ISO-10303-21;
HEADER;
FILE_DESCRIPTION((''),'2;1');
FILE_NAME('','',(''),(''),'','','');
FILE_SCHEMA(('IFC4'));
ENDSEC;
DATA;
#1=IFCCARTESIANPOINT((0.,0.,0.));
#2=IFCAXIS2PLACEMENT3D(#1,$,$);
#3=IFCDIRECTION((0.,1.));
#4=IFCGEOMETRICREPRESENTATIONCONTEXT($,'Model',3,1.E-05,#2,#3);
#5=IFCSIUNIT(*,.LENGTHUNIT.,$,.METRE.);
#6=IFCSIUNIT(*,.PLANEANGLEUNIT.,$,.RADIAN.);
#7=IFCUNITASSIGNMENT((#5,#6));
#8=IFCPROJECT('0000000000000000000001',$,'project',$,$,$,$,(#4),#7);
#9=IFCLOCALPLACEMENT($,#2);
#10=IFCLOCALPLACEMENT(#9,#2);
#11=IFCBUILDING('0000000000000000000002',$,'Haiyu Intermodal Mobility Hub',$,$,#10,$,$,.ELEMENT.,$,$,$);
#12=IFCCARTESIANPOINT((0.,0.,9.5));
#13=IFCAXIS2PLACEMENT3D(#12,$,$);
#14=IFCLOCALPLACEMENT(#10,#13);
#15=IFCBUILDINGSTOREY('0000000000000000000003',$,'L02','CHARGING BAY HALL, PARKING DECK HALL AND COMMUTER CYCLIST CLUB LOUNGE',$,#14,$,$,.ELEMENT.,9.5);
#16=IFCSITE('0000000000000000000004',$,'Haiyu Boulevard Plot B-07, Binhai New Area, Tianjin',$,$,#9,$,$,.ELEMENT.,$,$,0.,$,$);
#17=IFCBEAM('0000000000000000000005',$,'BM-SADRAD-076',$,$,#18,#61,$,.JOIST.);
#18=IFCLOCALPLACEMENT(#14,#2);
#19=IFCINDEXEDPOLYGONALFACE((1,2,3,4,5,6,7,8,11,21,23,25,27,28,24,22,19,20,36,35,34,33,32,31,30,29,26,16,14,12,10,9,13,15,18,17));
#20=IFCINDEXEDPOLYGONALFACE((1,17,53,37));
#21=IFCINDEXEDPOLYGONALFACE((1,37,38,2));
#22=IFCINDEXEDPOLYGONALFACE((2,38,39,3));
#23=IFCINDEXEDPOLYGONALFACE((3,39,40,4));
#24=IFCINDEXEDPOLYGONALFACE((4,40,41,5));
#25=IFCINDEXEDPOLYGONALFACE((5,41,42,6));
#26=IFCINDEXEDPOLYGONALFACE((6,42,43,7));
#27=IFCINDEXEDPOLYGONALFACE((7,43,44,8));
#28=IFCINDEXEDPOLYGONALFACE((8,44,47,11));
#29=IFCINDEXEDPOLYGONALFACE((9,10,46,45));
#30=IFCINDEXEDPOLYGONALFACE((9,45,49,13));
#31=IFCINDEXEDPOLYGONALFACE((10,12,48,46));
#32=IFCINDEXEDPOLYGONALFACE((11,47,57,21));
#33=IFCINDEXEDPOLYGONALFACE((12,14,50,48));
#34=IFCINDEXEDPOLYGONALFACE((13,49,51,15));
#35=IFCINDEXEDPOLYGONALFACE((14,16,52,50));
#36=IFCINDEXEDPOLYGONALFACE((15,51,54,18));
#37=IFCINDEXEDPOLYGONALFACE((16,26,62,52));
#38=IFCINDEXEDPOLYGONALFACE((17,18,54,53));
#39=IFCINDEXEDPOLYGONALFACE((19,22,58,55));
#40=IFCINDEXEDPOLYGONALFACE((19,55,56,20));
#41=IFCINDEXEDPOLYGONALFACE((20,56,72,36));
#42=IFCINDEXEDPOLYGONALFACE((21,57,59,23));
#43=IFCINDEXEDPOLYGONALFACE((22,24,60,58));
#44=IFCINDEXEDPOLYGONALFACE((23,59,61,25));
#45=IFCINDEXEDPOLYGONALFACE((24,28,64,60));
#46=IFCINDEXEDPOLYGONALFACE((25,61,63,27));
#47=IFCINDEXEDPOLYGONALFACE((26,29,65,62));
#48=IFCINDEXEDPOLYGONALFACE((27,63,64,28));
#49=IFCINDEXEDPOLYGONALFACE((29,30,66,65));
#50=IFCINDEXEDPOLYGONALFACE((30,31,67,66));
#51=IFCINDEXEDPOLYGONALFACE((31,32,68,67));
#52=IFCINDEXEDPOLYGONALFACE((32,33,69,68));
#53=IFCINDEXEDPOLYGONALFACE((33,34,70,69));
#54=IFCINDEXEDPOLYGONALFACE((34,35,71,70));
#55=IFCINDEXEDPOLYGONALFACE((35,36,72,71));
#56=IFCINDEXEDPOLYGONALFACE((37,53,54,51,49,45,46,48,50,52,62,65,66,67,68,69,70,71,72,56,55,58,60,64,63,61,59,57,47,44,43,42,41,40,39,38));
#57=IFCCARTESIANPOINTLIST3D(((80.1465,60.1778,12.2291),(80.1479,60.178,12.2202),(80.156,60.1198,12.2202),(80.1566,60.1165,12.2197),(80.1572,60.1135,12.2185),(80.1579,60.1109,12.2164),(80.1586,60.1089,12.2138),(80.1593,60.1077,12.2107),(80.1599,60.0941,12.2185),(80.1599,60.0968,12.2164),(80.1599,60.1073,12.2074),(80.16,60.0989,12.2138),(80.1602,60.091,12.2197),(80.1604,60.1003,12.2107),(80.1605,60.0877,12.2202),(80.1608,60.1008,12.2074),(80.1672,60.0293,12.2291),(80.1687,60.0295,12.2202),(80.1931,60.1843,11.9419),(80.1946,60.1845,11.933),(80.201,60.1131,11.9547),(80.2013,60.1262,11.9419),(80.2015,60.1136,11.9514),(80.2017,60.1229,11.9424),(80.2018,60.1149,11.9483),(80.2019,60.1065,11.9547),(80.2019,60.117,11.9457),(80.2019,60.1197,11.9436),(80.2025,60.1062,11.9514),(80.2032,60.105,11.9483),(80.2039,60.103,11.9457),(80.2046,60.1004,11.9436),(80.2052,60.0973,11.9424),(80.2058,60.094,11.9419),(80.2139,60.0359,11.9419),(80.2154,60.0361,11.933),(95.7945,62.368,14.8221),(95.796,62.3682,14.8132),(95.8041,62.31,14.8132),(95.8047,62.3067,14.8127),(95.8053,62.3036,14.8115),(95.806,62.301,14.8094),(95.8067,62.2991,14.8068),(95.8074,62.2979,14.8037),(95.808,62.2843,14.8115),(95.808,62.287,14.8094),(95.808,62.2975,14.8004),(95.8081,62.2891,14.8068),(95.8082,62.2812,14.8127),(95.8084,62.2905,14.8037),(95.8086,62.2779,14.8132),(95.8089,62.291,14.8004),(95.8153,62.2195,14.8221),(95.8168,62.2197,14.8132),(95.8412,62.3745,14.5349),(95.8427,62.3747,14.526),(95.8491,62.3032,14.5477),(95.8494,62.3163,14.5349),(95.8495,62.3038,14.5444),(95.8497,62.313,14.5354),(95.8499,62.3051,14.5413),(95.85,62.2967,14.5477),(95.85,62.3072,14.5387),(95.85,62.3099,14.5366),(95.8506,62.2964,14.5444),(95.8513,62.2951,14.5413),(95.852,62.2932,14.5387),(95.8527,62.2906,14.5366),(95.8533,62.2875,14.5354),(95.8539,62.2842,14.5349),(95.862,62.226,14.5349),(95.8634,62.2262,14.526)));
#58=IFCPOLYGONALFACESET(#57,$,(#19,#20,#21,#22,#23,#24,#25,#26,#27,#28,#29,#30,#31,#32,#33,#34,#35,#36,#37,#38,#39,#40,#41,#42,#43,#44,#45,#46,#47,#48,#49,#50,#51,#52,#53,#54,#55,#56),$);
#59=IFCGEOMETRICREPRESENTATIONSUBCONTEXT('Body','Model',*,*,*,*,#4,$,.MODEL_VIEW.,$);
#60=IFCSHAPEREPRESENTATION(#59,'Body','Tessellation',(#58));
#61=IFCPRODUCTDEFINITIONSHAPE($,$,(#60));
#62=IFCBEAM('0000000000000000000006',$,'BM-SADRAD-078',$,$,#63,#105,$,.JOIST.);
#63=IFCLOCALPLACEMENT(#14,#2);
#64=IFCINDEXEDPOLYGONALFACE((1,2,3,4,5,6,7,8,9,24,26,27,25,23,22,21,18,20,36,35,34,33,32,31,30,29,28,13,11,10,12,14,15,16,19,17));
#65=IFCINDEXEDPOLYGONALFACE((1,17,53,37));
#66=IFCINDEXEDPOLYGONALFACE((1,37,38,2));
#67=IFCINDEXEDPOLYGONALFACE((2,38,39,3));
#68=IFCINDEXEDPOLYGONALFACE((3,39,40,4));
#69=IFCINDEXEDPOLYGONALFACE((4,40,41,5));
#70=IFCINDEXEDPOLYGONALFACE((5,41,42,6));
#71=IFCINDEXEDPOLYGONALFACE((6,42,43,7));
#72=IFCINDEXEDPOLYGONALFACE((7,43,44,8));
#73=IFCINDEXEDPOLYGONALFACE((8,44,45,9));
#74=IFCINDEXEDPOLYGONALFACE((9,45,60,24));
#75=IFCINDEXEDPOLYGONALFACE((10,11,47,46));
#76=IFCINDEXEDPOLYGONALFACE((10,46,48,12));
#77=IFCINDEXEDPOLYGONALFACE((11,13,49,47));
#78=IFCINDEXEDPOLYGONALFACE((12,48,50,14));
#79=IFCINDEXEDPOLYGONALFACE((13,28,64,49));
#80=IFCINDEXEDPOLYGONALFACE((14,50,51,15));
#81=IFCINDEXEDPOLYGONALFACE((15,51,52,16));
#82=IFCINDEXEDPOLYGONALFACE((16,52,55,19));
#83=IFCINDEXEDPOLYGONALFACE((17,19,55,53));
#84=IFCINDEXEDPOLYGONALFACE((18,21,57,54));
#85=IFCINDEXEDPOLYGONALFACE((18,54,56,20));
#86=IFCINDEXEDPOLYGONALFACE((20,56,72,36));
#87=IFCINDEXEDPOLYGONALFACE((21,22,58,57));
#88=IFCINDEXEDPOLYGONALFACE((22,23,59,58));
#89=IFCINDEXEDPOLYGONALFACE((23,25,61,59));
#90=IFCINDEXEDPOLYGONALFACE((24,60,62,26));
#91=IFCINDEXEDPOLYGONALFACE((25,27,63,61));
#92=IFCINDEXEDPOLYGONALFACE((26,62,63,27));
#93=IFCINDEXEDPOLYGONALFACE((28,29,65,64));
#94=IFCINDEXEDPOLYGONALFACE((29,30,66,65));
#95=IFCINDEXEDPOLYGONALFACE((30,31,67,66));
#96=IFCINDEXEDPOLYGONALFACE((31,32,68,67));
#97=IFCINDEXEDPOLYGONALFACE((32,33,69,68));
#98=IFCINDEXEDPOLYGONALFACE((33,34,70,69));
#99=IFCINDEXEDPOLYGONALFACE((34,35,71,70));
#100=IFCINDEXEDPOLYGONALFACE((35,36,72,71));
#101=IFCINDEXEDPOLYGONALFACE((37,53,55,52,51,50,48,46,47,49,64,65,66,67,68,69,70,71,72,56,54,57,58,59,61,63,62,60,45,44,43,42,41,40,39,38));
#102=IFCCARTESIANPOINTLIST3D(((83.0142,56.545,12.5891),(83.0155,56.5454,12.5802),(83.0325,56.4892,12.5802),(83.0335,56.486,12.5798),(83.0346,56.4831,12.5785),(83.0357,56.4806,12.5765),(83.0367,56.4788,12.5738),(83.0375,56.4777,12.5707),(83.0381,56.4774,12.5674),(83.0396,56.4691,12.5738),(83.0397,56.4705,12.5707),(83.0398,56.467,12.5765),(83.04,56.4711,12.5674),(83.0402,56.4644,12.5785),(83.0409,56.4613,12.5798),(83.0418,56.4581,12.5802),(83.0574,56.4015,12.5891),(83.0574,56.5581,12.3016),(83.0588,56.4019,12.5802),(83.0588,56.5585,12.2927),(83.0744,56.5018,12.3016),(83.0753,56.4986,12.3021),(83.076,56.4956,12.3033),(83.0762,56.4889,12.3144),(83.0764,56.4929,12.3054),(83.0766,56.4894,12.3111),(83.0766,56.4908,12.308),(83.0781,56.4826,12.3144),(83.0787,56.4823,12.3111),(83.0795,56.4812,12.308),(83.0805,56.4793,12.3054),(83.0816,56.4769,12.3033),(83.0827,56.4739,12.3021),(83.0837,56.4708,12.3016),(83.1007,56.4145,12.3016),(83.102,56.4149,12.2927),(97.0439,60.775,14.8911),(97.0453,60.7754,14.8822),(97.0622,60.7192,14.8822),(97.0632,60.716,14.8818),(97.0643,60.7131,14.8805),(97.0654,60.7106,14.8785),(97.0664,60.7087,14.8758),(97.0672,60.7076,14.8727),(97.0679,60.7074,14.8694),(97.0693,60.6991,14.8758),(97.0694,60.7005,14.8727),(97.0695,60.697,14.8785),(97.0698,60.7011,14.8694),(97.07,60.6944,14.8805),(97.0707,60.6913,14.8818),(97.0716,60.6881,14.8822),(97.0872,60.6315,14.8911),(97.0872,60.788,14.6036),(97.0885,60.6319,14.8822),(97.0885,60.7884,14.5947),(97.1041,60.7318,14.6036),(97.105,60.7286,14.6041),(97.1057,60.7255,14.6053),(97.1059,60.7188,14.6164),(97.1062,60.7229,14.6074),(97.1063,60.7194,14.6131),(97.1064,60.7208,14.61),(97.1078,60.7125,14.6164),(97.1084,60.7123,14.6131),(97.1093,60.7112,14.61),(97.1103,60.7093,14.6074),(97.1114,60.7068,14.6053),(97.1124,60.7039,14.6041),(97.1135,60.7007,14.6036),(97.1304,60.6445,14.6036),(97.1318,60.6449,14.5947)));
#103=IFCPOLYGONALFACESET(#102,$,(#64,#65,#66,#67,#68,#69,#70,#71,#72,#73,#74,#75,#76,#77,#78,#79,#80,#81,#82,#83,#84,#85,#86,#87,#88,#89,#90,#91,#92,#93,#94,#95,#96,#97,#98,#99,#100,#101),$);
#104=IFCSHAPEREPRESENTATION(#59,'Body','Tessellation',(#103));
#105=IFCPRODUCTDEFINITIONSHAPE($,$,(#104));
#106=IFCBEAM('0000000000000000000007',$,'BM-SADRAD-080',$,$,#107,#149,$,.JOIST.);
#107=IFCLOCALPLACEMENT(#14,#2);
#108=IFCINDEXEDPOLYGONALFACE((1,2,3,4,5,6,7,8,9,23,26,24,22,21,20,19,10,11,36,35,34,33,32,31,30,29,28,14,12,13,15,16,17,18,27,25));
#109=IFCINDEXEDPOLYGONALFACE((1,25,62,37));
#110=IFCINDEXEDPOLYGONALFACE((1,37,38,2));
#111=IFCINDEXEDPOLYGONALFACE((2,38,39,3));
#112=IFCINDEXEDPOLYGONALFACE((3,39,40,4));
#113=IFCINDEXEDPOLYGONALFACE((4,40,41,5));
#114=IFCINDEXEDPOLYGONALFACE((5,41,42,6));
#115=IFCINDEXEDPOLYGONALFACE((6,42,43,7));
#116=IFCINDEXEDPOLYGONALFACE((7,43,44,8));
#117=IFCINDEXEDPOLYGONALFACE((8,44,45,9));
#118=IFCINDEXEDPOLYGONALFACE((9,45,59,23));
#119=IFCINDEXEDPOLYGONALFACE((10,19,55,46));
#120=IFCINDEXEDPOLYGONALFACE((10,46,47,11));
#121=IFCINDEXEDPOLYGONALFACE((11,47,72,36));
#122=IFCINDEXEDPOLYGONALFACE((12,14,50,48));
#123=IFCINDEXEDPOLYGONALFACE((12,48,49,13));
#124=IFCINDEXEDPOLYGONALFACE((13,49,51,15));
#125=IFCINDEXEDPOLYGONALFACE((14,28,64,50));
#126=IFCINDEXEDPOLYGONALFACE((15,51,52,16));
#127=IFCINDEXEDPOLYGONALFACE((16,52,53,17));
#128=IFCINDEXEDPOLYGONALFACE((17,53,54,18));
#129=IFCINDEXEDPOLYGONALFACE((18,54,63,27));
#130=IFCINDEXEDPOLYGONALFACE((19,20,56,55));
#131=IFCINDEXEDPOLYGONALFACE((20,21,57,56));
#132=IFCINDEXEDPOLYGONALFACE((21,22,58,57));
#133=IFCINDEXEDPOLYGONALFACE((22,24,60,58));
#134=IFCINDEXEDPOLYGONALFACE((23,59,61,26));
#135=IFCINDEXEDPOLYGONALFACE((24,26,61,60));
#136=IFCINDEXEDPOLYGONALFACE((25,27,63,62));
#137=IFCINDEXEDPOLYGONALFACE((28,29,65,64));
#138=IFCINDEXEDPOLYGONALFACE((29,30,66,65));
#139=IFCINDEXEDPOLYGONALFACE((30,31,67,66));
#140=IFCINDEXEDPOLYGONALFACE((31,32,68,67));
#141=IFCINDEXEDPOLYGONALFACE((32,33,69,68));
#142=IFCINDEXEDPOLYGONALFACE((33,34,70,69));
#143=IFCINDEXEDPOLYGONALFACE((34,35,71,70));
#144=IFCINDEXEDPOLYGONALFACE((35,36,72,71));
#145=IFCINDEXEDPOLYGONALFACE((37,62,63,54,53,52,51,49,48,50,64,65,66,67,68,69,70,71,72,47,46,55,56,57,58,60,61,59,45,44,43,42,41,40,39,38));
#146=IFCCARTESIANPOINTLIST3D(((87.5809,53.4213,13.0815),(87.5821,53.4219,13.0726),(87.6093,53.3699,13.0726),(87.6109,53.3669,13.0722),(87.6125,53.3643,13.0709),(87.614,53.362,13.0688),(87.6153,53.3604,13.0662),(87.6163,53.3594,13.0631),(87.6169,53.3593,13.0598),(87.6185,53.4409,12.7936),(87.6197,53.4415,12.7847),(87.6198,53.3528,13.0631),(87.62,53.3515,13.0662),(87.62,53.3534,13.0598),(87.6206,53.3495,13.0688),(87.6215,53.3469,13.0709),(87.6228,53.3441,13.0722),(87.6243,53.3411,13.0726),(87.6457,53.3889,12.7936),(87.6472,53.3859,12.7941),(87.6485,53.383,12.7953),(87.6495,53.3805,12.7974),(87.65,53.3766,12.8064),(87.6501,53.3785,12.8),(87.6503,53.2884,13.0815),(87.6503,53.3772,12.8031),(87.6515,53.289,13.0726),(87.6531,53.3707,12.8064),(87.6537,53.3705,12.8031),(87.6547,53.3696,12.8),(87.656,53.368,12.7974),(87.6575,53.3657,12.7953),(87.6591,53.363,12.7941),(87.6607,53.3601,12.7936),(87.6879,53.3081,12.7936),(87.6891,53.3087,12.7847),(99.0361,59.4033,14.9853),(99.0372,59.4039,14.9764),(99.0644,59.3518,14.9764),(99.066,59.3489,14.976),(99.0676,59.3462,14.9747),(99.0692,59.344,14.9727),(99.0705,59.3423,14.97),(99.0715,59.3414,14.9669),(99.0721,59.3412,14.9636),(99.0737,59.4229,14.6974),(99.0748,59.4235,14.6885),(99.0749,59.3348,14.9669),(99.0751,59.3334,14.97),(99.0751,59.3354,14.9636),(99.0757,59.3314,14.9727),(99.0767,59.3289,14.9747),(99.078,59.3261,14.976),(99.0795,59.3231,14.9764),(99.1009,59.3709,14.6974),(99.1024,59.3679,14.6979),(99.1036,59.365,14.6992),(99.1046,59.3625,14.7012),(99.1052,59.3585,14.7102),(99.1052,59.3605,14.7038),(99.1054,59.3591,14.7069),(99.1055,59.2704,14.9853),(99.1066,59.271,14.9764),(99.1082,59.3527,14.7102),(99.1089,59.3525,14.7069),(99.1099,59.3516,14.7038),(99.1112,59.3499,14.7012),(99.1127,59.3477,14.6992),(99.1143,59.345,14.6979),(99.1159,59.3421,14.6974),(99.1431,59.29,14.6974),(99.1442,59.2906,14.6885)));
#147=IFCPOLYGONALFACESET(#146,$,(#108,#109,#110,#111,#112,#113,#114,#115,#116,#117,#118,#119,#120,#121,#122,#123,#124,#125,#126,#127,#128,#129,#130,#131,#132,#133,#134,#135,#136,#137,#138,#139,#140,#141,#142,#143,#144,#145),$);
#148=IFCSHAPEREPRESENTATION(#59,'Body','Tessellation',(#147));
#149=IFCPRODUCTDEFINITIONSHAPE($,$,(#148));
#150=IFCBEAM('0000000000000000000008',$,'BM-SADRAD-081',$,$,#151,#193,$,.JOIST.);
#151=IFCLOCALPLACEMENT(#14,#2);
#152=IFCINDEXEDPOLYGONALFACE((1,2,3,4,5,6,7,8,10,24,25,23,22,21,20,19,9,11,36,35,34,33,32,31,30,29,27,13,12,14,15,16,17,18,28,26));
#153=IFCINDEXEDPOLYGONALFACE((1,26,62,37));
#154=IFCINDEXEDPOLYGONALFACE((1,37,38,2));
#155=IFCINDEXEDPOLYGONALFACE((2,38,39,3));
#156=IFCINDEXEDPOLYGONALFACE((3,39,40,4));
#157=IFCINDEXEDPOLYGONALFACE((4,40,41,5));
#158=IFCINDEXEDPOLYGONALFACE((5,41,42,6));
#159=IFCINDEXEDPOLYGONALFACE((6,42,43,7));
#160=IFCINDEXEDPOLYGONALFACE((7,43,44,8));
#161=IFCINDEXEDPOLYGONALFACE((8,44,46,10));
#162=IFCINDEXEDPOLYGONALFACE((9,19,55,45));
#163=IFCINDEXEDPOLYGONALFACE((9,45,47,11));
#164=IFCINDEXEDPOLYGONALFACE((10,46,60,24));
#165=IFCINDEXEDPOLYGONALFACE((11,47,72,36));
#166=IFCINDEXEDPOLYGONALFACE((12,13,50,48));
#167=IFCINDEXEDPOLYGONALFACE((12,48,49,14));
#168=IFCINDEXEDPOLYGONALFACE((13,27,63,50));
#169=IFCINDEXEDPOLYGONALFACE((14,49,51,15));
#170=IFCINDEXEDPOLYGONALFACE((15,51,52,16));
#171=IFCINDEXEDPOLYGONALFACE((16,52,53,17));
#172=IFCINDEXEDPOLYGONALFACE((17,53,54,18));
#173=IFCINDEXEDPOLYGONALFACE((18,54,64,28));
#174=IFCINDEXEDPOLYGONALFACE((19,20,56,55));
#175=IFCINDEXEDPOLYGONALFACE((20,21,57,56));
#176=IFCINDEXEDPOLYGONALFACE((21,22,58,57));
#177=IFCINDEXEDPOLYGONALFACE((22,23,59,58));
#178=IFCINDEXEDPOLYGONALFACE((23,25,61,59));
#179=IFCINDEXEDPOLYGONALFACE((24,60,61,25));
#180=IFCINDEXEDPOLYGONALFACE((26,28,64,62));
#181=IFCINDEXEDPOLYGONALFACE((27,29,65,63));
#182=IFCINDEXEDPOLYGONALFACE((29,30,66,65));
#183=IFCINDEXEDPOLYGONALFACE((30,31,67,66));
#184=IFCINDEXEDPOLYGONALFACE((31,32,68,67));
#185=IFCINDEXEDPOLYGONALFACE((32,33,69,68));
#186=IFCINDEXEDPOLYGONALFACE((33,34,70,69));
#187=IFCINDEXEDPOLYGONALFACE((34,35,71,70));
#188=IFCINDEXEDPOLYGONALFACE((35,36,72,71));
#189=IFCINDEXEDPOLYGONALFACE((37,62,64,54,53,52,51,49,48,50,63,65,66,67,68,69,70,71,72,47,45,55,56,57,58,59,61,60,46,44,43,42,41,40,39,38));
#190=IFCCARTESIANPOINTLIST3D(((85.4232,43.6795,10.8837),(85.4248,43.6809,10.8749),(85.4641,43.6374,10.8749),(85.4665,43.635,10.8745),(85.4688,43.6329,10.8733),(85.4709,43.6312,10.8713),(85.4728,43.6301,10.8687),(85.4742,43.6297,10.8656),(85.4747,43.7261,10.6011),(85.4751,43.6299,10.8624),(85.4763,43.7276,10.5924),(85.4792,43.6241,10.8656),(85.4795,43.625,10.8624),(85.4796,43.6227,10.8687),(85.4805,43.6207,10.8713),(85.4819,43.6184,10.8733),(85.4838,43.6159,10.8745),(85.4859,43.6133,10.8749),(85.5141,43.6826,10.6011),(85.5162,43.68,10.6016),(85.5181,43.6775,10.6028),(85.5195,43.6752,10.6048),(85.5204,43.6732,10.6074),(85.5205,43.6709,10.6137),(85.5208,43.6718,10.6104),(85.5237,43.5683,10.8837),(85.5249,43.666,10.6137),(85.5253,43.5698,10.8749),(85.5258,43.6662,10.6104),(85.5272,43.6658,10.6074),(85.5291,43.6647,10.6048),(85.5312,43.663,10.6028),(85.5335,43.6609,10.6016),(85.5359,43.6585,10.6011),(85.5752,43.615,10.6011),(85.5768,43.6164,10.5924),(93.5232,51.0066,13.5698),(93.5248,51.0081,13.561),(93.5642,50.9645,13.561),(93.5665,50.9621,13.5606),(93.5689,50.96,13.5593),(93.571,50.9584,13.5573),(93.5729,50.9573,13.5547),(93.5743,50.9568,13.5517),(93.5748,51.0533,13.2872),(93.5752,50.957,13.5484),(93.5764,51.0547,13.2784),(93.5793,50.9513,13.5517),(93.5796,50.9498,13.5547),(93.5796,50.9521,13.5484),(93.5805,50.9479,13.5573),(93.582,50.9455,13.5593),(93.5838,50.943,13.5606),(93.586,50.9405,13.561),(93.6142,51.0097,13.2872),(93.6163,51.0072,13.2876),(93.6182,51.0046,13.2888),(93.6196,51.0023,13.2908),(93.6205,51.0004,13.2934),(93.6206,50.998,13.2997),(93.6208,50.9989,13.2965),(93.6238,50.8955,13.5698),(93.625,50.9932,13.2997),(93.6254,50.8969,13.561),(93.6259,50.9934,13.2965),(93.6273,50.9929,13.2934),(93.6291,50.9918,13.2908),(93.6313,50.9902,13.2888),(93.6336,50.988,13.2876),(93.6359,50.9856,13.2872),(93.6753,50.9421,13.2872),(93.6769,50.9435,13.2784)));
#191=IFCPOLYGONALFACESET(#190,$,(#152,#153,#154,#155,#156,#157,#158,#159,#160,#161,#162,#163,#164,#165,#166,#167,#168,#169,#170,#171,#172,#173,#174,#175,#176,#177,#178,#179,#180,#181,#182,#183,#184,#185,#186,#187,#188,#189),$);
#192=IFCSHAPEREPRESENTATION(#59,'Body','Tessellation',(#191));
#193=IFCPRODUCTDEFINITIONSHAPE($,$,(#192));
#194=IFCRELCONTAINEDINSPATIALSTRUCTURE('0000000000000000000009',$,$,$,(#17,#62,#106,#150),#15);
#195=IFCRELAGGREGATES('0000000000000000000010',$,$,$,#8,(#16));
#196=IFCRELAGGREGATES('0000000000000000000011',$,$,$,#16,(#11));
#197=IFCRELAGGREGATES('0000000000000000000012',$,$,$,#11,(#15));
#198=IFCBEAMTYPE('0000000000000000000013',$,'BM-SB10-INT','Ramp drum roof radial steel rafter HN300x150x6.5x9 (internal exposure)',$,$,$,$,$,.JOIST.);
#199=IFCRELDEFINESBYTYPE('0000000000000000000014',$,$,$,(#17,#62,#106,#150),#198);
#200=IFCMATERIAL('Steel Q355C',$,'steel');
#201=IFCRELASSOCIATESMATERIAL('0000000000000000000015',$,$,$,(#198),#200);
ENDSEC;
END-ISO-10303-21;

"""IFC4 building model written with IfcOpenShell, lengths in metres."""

from ifc_helpers import new_model, si_unit, direction, frame, origin, origin_2d, place, context, subcontext, project, spatial, i_section, extrude, material, material_profile, profile_set, type_object, element, save


model = new_model("IFC4")

# Units and contexts
model_context = context("Model", 3, precision=1e-05, world=origin(), true_north=direction((0.0, 1.0)))
body_context = subcontext(model_context, "Body", "Model", "MODEL_VIEW")
ifc_project = project(units=[si_unit("LENGTHUNIT", "METRE"), si_unit("PLANEANGLEUNIT", "RADIAN")], contexts=[model_context])

# Site, building, storey
site_placement = place(None, origin())
site = spatial("IfcSite", under=ifc_project, at=site_placement, Name="Haiyu Boulevard Plot B-07, Binhai New Area, Tianjin", CompositionType="ELEMENT", RefElevation=0.0)
building_placement = place(site_placement, origin())
building = spatial("IfcBuilding", under=site, at=building_placement, Name="Haiyu Intermodal Mobility Hub", CompositionType="ELEMENT")
storey_placement = place(building_placement, frame((0.0, 0.0, 9.5)))
storey = spatial("IfcBuildingStorey", under=building, at=storey_placement, Name="L02", Description="CHARGING BAY HALL, PARKING DECK HALL AND COMMUTER CYCLIST CLUB LOUNGE", CompositionType="ELEMENT", Elevation=9.5)

# Shared definitions
ifc_material_1 = material(Name="Steel Q355C", Category="steel")

# Beams
ifc_material_profile_1 = material_profile(ifc_material_1, i_section(OverallWidth=0.1499, OverallDepth=0.3, WebThickness=0.0066, FlangeThickness=0.009, FilletRadius=0.0129, at=origin_2d()), Name="HN300x150x6.5x9")
ifc_profile_set_1 = profile_set([ifc_material_profile_1], Name="Steel Q355C")
beam_type_1 = type_object("IfcBeamType", Name="BM-SB10-INT", Description="Ramp drum roof radial steel rafter HN300x150x6.5x9 (internal exposure)", PredefinedType="JOIST", material=ifc_profile_set_1)
beam_1_placement = place(storey_placement, frame((80.1809, 60.1069, 12.0811), z_axis=(0.977274, 0.136783, 0.161941), x_axis=(-0.138613, 0.990347, 0.0)))
element("IfcBeam", 1, at=beam_1_placement, inside=storey, type_object=beam_type_1, Name="BM-SADRAD-076", PredefinedType="JOIST", context=body_context, shape_type="SweptSolid", body=[
    extrude(i_section(OverallWidth=0.1499, OverallDepth=0.3, WebThickness=0.0066, FlangeThickness=0.009, FilletRadius=0.0129, at=origin_2d()), origin(), (0.0, 0.0, 1.0), 16.012),
])
beam_2_placement = place(storey_placement, frame((83.0581, 56.48, 12.4409), z_axis=(0.94583, 0.285168, 0.155191), x_axis=(-0.288665, 0.95743, 0.0)))
element("IfcBeam", 2, at=beam_2_placement, inside=storey, type_object=beam_type_1, Name="BM-SADRAD-078", PredefinedType="JOIST", context=body_context, shape_type="SweptSolid", body=[
    extrude(i_section(OverallWidth=0.1499, OverallDepth=0.3, WebThickness=0.0066, FlangeThickness=0.009, FilletRadius=0.0129, at=origin_2d()), origin(), (0.0, 0.0, 1.0), 14.8333),
])
beam_3_placement = place(storey_placement, frame((87.635, 53.365, 12.9331), z_axis=(0.876949, 0.45795, 0.145747), x_axis=(-0.462893, 0.886414, 0.0)))
element("IfcBeam", 3, at=beam_3_placement, inside=storey, type_object=beam_type_1, Name="BM-SADRAD-080", PredefinedType="JOIST", context=body_context, shape_type="SweptSolid", body=[
    extrude(i_section(OverallWidth=0.1499, OverallDepth=0.3, WebThickness=0.0066, FlangeThickness=0.009, FilletRadius=0.0129, at=origin_2d()), origin(), (0.0, 0.0, 1.0), 13.0625),
])
beam_4_placement = place(storey_placement, frame((85.5, 43.6479, 10.738), z_axis=(0.720148, 0.651428, 0.238805), x_axis=(-0.670837, 0.741605, 0.0)))
element("IfcBeam", 4, at=beam_4_placement, inside=storey, type_object=beam_type_1, Name="BM-SADRAD-081", PredefinedType="JOIST", context=body_context, shape_type="SweptSolid", body=[
    extrude(i_section(OverallWidth=0.1499, OverallDepth=0.3, WebThickness=0.0066, FlangeThickness=0.009, FilletRadius=0.0129, at=origin_2d()), origin(), (0.0, 0.0, 1.0), 11.2478),
])

save(model, "model.ifc")
